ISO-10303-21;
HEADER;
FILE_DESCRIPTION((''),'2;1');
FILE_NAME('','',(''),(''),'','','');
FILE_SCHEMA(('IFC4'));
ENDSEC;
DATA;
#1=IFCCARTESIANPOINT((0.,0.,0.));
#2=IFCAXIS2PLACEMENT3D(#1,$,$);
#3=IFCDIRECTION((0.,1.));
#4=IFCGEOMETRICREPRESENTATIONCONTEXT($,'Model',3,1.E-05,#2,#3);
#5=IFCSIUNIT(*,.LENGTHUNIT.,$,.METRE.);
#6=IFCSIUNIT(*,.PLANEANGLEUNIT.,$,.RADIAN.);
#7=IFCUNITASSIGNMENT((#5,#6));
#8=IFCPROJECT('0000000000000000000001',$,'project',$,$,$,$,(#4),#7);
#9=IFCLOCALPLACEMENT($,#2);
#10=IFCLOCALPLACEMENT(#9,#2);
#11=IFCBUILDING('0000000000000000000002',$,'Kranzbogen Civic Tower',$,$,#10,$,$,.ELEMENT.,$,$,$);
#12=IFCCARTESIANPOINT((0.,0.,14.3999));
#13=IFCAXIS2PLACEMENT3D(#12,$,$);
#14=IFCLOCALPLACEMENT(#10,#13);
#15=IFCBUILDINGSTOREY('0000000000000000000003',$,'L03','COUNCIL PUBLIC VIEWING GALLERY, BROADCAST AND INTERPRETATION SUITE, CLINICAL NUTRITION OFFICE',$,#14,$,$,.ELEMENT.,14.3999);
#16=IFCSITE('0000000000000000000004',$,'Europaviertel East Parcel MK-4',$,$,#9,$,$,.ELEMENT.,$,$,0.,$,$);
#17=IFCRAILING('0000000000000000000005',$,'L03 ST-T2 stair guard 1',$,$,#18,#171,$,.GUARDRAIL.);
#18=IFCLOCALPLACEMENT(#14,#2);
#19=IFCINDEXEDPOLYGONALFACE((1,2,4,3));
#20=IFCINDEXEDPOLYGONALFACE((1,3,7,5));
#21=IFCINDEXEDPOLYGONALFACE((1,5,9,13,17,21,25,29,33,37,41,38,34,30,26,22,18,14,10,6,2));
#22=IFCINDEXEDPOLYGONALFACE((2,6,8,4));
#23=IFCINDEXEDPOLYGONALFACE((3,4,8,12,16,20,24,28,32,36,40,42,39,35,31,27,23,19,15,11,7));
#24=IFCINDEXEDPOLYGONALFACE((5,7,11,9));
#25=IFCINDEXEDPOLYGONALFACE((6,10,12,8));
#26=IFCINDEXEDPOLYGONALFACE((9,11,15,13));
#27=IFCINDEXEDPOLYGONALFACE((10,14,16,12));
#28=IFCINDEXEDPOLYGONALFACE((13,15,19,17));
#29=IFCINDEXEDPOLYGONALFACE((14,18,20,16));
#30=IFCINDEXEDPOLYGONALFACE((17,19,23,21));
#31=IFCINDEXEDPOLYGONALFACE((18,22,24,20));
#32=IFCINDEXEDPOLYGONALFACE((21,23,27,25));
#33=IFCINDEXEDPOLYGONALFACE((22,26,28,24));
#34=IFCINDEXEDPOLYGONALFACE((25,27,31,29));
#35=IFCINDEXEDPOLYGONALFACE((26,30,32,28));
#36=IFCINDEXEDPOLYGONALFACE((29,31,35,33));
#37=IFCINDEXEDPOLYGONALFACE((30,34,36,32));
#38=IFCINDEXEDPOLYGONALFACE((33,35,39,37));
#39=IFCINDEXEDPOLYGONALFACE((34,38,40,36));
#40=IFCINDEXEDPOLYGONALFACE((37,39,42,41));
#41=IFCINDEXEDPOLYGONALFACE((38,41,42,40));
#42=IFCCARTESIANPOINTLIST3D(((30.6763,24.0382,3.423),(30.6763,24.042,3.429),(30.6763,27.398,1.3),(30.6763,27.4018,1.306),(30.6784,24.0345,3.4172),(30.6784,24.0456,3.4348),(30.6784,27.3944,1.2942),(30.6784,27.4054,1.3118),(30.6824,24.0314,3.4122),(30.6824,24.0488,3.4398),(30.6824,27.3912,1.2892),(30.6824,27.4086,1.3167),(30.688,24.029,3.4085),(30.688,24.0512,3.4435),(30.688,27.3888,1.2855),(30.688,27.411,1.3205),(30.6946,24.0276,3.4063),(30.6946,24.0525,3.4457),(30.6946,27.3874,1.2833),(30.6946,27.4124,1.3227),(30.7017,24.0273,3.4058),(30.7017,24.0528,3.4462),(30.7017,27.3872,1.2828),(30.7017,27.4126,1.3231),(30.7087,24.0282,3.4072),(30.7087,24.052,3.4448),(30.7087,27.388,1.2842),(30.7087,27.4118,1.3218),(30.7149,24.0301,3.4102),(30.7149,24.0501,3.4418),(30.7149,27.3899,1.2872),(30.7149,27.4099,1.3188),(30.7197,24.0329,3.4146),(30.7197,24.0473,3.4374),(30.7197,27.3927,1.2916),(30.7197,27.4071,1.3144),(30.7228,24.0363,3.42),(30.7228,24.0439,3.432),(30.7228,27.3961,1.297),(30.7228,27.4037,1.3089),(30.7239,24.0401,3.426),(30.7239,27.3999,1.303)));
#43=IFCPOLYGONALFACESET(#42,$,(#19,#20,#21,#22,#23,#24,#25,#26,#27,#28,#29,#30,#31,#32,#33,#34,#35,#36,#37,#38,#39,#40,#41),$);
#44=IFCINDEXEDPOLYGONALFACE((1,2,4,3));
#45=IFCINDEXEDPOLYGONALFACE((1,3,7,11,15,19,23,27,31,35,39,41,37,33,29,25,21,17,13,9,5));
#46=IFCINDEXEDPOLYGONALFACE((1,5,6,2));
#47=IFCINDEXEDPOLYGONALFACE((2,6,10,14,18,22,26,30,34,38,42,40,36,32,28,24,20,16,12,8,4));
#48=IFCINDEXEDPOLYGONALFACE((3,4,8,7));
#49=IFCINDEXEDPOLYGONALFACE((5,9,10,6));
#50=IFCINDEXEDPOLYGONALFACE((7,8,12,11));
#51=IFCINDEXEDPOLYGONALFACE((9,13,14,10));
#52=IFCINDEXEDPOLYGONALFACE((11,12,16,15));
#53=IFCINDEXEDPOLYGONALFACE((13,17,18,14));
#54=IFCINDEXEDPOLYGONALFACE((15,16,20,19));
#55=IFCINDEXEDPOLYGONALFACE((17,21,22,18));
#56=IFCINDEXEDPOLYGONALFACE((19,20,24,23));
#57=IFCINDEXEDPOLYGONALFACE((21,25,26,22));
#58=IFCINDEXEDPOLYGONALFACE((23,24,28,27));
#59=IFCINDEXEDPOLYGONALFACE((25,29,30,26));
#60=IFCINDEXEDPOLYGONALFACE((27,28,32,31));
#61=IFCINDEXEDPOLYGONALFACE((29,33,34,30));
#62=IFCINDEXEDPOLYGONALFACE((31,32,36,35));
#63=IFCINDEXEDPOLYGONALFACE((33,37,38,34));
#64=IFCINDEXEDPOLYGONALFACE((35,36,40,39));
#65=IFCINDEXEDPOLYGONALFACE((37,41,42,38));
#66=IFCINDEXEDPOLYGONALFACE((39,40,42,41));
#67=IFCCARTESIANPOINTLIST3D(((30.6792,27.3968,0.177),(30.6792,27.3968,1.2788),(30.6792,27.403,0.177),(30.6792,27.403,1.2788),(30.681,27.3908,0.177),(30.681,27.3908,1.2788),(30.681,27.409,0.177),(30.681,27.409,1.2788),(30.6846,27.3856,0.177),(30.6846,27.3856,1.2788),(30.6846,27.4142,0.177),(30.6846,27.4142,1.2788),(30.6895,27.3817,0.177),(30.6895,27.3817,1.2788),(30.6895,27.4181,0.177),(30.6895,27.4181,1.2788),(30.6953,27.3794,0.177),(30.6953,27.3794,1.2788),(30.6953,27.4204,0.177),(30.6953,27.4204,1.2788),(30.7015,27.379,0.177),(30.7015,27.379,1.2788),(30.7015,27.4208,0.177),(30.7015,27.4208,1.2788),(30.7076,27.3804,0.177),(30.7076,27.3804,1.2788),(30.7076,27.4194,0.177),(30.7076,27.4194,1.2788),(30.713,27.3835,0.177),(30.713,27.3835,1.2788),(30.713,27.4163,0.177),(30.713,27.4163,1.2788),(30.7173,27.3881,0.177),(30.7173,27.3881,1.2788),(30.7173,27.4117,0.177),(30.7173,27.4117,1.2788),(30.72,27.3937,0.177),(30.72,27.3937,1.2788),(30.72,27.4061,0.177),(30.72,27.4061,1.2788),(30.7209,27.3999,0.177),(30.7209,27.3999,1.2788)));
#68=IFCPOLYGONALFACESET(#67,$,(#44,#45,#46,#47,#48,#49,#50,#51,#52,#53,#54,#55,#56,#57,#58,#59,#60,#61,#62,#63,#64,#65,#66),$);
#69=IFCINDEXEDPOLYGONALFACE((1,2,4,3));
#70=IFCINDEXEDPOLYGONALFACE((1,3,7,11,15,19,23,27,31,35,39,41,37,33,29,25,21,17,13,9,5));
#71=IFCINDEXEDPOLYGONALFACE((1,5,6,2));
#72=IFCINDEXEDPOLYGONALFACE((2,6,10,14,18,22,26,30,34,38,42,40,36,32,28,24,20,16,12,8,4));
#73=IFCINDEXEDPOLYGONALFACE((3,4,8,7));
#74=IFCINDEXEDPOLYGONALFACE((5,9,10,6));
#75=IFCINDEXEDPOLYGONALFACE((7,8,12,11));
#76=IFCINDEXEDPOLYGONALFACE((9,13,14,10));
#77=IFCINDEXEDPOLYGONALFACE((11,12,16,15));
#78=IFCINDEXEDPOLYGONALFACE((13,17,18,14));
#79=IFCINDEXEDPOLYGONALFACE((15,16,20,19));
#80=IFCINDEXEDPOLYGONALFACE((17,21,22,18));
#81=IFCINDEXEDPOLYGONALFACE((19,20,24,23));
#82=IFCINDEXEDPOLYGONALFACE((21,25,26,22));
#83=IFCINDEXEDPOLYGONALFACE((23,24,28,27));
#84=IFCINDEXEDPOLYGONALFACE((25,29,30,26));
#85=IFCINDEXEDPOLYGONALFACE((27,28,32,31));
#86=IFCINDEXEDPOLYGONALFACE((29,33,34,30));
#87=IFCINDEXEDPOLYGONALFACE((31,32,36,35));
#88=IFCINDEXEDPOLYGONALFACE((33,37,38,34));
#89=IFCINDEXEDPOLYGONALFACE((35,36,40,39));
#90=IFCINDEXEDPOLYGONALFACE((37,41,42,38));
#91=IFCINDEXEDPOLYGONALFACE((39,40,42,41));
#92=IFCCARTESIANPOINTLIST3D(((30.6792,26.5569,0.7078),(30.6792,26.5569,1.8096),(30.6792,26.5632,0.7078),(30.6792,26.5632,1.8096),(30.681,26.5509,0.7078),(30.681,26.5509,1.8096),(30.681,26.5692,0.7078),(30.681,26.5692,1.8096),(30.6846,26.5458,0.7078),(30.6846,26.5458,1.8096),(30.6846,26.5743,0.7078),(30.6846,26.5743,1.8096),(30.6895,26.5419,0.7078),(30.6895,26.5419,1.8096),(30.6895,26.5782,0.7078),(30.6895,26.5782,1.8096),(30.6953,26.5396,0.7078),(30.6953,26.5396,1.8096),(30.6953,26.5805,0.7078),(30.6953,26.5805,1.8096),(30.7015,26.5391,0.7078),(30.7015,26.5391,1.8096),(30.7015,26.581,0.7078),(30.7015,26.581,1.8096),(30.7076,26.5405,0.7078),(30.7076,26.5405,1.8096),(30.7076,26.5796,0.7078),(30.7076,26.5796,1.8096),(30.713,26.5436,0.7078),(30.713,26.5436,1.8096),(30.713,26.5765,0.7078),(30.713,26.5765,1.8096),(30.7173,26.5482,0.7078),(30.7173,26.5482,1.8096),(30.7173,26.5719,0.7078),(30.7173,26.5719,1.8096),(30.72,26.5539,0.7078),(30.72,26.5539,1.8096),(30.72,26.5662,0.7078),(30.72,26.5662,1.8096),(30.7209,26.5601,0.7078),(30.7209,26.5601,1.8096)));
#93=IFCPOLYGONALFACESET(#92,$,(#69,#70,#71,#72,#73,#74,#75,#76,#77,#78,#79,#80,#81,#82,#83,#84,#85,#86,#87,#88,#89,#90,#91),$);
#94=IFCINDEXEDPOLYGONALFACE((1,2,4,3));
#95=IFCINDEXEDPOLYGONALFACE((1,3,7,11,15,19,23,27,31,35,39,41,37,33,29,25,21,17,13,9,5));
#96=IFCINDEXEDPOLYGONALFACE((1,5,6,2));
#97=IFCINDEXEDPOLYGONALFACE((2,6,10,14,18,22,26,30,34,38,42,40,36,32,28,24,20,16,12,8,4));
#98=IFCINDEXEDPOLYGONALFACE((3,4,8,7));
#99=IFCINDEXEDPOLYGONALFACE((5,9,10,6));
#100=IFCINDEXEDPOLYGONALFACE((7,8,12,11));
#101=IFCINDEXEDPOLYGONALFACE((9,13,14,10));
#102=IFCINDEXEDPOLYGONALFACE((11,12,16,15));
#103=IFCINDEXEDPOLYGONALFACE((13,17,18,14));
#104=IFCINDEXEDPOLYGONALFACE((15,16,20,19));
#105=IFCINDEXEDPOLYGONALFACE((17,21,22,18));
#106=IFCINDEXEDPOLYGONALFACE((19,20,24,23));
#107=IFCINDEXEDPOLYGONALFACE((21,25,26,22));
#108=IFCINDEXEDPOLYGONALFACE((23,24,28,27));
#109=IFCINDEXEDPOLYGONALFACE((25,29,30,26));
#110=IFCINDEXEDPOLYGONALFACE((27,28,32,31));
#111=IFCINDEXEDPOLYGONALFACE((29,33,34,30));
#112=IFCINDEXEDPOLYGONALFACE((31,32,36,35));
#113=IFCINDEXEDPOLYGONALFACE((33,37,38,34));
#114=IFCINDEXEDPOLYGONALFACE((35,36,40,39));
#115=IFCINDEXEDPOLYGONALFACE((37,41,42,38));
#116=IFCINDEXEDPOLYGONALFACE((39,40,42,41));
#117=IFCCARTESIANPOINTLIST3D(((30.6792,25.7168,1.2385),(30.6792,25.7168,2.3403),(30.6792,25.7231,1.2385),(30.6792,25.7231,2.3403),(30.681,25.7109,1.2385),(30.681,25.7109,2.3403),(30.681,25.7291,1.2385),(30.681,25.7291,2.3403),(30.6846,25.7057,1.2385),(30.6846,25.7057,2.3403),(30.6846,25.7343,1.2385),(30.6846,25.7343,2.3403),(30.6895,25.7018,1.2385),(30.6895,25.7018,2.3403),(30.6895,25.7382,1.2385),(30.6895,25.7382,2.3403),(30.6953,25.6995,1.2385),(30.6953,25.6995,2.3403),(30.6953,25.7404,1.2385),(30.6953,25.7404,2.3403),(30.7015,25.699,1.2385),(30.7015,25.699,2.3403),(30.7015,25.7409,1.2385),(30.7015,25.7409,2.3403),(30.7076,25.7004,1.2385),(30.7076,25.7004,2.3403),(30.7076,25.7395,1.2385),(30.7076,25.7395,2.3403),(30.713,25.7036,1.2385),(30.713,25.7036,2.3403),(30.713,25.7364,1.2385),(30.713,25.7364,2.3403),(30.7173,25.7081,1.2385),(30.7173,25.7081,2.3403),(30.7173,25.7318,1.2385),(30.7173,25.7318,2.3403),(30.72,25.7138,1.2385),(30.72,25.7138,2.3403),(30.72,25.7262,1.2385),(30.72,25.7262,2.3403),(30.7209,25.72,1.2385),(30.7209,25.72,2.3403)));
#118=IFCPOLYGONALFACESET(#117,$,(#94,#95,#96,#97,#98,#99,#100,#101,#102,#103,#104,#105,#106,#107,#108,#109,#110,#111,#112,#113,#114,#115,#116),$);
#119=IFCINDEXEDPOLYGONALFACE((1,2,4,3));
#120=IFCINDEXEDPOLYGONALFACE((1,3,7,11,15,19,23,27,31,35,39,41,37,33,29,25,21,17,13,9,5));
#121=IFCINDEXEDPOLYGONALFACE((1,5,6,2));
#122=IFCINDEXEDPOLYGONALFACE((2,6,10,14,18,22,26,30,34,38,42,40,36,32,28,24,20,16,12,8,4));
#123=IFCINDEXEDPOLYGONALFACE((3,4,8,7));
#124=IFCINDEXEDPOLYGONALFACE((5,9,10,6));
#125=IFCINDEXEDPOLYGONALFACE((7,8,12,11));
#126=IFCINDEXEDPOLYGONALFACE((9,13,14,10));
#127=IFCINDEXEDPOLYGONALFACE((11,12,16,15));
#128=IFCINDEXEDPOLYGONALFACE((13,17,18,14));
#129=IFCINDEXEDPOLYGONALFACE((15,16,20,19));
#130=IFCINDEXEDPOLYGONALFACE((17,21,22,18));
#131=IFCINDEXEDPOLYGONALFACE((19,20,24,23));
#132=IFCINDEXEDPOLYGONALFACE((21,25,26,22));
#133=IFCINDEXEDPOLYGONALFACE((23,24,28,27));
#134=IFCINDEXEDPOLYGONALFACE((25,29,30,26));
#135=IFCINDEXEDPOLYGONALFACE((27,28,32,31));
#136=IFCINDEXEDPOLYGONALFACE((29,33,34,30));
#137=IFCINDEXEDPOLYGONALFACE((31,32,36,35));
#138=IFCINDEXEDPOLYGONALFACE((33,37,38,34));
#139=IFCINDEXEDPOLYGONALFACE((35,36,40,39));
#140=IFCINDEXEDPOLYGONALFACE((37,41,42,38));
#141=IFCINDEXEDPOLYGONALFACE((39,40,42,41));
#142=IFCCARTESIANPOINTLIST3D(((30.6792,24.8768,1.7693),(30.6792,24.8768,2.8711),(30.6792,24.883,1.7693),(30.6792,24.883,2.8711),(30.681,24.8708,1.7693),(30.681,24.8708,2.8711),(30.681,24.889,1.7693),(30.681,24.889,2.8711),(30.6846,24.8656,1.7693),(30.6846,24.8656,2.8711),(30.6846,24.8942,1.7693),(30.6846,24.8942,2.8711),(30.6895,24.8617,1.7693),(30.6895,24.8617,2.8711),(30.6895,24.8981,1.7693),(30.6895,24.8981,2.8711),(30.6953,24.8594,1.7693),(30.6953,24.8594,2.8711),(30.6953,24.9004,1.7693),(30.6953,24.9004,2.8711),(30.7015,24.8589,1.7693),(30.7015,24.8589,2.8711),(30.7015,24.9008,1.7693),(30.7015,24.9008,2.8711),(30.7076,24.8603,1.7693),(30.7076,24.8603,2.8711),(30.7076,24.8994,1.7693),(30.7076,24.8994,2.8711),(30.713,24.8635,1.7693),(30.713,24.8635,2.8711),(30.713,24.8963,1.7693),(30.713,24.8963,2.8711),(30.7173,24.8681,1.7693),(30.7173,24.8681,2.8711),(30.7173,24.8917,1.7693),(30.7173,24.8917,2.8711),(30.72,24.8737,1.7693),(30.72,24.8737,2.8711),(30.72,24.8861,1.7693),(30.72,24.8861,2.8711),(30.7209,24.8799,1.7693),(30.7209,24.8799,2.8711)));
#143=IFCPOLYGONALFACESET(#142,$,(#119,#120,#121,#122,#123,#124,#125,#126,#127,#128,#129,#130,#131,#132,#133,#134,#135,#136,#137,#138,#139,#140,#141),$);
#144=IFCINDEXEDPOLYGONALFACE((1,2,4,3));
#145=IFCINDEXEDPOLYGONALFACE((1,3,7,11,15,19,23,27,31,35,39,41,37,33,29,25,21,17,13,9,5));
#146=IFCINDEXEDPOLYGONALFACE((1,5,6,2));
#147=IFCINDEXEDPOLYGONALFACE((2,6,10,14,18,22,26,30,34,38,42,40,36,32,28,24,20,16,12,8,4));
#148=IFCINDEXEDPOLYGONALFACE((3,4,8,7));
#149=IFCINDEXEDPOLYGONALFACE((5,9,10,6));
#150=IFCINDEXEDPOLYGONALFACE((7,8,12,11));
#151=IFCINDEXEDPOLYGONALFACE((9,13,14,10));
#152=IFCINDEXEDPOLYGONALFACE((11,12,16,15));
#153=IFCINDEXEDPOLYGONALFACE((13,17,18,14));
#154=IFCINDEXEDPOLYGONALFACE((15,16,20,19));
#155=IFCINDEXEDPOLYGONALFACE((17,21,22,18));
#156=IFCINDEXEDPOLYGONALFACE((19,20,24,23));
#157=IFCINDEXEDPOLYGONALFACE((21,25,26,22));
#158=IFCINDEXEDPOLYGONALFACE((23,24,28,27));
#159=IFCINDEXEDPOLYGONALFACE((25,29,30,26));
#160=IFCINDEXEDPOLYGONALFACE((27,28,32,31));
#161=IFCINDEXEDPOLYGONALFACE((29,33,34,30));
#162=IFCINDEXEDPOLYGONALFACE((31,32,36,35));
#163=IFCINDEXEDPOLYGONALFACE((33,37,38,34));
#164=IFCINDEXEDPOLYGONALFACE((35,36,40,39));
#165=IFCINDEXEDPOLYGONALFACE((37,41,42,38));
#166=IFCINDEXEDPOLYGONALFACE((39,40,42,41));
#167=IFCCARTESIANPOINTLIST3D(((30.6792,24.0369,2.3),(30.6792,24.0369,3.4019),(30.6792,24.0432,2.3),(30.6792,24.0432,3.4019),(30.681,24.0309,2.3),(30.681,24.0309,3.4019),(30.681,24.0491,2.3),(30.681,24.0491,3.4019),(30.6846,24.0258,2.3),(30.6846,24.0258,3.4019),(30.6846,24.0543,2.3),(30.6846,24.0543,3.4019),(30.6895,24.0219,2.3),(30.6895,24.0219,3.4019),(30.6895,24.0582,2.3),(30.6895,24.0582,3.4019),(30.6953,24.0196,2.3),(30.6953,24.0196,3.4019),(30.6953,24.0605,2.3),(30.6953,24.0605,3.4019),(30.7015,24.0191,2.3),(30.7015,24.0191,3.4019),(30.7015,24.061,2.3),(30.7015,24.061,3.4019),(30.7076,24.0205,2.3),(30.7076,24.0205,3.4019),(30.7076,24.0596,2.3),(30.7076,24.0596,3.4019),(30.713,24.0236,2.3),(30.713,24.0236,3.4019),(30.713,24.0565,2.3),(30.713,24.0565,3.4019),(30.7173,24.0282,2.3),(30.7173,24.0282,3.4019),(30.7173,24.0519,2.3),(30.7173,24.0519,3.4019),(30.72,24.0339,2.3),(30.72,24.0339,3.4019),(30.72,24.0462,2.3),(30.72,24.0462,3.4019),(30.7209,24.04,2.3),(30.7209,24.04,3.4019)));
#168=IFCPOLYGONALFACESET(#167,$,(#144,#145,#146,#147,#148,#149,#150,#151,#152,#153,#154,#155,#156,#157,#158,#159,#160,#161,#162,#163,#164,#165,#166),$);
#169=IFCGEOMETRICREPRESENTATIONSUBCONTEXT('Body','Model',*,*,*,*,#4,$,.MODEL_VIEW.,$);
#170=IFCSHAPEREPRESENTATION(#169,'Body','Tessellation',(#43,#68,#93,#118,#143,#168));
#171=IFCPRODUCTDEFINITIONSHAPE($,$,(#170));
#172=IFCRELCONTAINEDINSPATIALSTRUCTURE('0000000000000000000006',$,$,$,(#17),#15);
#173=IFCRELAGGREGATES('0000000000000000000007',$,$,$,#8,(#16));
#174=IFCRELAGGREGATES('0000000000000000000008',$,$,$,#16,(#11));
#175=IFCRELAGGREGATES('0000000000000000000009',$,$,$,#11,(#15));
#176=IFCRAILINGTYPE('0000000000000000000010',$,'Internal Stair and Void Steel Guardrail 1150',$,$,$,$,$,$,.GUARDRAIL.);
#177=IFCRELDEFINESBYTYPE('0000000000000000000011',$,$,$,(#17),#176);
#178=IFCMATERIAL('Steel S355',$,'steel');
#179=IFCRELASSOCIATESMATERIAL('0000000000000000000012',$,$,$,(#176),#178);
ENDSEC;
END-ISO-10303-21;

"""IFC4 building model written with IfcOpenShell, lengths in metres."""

from ifc_helpers import new_model, si_unit, direction, frame, origin, origin_2d, place, context, subcontext, project, spatial, circle, extrude, material, type_object, element, save


model = new_model("IFC4")

# Units and contexts
model_context = context("Model", 3, precision=1e-05, world=origin(), true_north=direction((0.0, 1.0)))
body_context = subcontext(model_context, "Body", "Model", "MODEL_VIEW")
ifc_project = project(units=[si_unit("LENGTHUNIT", "METRE"), si_unit("PLANEANGLEUNIT", "RADIAN")], contexts=[model_context])

# Site, building, storey
site_placement = place(None, origin())
site = spatial("IfcSite", under=ifc_project, at=site_placement, Name="Europaviertel East Parcel MK-4", CompositionType="ELEMENT", RefElevation=0.0)
building_placement = place(site_placement, origin())
building = spatial("IfcBuilding", under=site, at=building_placement, Name="Kranzbogen Civic Tower", CompositionType="ELEMENT")
storey_placement = place(building_placement, frame((0.0, 0.0, 14.3999)))
storey = spatial("IfcBuildingStorey", under=building, at=storey_placement, Name="L03", Description="COUNCIL PUBLIC VIEWING GALLERY, BROADCAST AND INTERPRETATION SUITE, CLINICAL NUTRITION OFFICE", CompositionType="ELEMENT", Elevation=14.3999)

# Shared definitions
ifc_material_1 = material(Name="Steel S355", Category="steel")

# Railing
railing_type_1 = type_object("IfcRailingType", Name="Internal Stair and Void Steel Guardrail 1150", PredefinedType="GUARDRAIL", material=ifc_material_1)
for number, where, name in (
    (1, (30.7, 27.3999, 0.177), "L03 ST-T2 stair guard 1"),
):
    element("IfcRailing", number, at=place(storey_placement, frame(where)), inside=storey, type_object=railing_type_1, Name=name, PredefinedType="GUARDRAIL", context=body_context, shape_type="SweptSolid", body=[
        extrude(circle(Radius=0.0239, at=origin_2d()), frame((0.0, 0.0, 1.126), z_axis=(0.0, -0.845372, 0.534178), x_axis=(1.0, 0.0, 0.0)), (0.0, 0.0, 1.0), 3.9744),
        extrude(circle(Radius=0.021, at=origin_2d()), origin(), (0.0, 0.0, 1.0), 1.1018),
        extrude(circle(Radius=0.021, at=origin_2d()), frame((0.0, -0.8398, 0.5308)), (0.0, 0.0, 1.0), 1.1018),
        extrude(circle(Radius=0.021, at=origin_2d()), frame((0.0, -1.6799, 1.0615)), (0.0, 0.0, 1.0), 1.1018),
        extrude(circle(Radius=0.021, at=origin_2d()), frame((0.0, -2.52, 1.5923)), (0.0, 0.0, 1.0), 1.1018),
        extrude(circle(Radius=0.021, at=origin_2d()), frame((0.0, -3.3599, 2.123)), (0.0, 0.0, 1.0), 1.1018),
    ])

save(model, "model.ifc")
